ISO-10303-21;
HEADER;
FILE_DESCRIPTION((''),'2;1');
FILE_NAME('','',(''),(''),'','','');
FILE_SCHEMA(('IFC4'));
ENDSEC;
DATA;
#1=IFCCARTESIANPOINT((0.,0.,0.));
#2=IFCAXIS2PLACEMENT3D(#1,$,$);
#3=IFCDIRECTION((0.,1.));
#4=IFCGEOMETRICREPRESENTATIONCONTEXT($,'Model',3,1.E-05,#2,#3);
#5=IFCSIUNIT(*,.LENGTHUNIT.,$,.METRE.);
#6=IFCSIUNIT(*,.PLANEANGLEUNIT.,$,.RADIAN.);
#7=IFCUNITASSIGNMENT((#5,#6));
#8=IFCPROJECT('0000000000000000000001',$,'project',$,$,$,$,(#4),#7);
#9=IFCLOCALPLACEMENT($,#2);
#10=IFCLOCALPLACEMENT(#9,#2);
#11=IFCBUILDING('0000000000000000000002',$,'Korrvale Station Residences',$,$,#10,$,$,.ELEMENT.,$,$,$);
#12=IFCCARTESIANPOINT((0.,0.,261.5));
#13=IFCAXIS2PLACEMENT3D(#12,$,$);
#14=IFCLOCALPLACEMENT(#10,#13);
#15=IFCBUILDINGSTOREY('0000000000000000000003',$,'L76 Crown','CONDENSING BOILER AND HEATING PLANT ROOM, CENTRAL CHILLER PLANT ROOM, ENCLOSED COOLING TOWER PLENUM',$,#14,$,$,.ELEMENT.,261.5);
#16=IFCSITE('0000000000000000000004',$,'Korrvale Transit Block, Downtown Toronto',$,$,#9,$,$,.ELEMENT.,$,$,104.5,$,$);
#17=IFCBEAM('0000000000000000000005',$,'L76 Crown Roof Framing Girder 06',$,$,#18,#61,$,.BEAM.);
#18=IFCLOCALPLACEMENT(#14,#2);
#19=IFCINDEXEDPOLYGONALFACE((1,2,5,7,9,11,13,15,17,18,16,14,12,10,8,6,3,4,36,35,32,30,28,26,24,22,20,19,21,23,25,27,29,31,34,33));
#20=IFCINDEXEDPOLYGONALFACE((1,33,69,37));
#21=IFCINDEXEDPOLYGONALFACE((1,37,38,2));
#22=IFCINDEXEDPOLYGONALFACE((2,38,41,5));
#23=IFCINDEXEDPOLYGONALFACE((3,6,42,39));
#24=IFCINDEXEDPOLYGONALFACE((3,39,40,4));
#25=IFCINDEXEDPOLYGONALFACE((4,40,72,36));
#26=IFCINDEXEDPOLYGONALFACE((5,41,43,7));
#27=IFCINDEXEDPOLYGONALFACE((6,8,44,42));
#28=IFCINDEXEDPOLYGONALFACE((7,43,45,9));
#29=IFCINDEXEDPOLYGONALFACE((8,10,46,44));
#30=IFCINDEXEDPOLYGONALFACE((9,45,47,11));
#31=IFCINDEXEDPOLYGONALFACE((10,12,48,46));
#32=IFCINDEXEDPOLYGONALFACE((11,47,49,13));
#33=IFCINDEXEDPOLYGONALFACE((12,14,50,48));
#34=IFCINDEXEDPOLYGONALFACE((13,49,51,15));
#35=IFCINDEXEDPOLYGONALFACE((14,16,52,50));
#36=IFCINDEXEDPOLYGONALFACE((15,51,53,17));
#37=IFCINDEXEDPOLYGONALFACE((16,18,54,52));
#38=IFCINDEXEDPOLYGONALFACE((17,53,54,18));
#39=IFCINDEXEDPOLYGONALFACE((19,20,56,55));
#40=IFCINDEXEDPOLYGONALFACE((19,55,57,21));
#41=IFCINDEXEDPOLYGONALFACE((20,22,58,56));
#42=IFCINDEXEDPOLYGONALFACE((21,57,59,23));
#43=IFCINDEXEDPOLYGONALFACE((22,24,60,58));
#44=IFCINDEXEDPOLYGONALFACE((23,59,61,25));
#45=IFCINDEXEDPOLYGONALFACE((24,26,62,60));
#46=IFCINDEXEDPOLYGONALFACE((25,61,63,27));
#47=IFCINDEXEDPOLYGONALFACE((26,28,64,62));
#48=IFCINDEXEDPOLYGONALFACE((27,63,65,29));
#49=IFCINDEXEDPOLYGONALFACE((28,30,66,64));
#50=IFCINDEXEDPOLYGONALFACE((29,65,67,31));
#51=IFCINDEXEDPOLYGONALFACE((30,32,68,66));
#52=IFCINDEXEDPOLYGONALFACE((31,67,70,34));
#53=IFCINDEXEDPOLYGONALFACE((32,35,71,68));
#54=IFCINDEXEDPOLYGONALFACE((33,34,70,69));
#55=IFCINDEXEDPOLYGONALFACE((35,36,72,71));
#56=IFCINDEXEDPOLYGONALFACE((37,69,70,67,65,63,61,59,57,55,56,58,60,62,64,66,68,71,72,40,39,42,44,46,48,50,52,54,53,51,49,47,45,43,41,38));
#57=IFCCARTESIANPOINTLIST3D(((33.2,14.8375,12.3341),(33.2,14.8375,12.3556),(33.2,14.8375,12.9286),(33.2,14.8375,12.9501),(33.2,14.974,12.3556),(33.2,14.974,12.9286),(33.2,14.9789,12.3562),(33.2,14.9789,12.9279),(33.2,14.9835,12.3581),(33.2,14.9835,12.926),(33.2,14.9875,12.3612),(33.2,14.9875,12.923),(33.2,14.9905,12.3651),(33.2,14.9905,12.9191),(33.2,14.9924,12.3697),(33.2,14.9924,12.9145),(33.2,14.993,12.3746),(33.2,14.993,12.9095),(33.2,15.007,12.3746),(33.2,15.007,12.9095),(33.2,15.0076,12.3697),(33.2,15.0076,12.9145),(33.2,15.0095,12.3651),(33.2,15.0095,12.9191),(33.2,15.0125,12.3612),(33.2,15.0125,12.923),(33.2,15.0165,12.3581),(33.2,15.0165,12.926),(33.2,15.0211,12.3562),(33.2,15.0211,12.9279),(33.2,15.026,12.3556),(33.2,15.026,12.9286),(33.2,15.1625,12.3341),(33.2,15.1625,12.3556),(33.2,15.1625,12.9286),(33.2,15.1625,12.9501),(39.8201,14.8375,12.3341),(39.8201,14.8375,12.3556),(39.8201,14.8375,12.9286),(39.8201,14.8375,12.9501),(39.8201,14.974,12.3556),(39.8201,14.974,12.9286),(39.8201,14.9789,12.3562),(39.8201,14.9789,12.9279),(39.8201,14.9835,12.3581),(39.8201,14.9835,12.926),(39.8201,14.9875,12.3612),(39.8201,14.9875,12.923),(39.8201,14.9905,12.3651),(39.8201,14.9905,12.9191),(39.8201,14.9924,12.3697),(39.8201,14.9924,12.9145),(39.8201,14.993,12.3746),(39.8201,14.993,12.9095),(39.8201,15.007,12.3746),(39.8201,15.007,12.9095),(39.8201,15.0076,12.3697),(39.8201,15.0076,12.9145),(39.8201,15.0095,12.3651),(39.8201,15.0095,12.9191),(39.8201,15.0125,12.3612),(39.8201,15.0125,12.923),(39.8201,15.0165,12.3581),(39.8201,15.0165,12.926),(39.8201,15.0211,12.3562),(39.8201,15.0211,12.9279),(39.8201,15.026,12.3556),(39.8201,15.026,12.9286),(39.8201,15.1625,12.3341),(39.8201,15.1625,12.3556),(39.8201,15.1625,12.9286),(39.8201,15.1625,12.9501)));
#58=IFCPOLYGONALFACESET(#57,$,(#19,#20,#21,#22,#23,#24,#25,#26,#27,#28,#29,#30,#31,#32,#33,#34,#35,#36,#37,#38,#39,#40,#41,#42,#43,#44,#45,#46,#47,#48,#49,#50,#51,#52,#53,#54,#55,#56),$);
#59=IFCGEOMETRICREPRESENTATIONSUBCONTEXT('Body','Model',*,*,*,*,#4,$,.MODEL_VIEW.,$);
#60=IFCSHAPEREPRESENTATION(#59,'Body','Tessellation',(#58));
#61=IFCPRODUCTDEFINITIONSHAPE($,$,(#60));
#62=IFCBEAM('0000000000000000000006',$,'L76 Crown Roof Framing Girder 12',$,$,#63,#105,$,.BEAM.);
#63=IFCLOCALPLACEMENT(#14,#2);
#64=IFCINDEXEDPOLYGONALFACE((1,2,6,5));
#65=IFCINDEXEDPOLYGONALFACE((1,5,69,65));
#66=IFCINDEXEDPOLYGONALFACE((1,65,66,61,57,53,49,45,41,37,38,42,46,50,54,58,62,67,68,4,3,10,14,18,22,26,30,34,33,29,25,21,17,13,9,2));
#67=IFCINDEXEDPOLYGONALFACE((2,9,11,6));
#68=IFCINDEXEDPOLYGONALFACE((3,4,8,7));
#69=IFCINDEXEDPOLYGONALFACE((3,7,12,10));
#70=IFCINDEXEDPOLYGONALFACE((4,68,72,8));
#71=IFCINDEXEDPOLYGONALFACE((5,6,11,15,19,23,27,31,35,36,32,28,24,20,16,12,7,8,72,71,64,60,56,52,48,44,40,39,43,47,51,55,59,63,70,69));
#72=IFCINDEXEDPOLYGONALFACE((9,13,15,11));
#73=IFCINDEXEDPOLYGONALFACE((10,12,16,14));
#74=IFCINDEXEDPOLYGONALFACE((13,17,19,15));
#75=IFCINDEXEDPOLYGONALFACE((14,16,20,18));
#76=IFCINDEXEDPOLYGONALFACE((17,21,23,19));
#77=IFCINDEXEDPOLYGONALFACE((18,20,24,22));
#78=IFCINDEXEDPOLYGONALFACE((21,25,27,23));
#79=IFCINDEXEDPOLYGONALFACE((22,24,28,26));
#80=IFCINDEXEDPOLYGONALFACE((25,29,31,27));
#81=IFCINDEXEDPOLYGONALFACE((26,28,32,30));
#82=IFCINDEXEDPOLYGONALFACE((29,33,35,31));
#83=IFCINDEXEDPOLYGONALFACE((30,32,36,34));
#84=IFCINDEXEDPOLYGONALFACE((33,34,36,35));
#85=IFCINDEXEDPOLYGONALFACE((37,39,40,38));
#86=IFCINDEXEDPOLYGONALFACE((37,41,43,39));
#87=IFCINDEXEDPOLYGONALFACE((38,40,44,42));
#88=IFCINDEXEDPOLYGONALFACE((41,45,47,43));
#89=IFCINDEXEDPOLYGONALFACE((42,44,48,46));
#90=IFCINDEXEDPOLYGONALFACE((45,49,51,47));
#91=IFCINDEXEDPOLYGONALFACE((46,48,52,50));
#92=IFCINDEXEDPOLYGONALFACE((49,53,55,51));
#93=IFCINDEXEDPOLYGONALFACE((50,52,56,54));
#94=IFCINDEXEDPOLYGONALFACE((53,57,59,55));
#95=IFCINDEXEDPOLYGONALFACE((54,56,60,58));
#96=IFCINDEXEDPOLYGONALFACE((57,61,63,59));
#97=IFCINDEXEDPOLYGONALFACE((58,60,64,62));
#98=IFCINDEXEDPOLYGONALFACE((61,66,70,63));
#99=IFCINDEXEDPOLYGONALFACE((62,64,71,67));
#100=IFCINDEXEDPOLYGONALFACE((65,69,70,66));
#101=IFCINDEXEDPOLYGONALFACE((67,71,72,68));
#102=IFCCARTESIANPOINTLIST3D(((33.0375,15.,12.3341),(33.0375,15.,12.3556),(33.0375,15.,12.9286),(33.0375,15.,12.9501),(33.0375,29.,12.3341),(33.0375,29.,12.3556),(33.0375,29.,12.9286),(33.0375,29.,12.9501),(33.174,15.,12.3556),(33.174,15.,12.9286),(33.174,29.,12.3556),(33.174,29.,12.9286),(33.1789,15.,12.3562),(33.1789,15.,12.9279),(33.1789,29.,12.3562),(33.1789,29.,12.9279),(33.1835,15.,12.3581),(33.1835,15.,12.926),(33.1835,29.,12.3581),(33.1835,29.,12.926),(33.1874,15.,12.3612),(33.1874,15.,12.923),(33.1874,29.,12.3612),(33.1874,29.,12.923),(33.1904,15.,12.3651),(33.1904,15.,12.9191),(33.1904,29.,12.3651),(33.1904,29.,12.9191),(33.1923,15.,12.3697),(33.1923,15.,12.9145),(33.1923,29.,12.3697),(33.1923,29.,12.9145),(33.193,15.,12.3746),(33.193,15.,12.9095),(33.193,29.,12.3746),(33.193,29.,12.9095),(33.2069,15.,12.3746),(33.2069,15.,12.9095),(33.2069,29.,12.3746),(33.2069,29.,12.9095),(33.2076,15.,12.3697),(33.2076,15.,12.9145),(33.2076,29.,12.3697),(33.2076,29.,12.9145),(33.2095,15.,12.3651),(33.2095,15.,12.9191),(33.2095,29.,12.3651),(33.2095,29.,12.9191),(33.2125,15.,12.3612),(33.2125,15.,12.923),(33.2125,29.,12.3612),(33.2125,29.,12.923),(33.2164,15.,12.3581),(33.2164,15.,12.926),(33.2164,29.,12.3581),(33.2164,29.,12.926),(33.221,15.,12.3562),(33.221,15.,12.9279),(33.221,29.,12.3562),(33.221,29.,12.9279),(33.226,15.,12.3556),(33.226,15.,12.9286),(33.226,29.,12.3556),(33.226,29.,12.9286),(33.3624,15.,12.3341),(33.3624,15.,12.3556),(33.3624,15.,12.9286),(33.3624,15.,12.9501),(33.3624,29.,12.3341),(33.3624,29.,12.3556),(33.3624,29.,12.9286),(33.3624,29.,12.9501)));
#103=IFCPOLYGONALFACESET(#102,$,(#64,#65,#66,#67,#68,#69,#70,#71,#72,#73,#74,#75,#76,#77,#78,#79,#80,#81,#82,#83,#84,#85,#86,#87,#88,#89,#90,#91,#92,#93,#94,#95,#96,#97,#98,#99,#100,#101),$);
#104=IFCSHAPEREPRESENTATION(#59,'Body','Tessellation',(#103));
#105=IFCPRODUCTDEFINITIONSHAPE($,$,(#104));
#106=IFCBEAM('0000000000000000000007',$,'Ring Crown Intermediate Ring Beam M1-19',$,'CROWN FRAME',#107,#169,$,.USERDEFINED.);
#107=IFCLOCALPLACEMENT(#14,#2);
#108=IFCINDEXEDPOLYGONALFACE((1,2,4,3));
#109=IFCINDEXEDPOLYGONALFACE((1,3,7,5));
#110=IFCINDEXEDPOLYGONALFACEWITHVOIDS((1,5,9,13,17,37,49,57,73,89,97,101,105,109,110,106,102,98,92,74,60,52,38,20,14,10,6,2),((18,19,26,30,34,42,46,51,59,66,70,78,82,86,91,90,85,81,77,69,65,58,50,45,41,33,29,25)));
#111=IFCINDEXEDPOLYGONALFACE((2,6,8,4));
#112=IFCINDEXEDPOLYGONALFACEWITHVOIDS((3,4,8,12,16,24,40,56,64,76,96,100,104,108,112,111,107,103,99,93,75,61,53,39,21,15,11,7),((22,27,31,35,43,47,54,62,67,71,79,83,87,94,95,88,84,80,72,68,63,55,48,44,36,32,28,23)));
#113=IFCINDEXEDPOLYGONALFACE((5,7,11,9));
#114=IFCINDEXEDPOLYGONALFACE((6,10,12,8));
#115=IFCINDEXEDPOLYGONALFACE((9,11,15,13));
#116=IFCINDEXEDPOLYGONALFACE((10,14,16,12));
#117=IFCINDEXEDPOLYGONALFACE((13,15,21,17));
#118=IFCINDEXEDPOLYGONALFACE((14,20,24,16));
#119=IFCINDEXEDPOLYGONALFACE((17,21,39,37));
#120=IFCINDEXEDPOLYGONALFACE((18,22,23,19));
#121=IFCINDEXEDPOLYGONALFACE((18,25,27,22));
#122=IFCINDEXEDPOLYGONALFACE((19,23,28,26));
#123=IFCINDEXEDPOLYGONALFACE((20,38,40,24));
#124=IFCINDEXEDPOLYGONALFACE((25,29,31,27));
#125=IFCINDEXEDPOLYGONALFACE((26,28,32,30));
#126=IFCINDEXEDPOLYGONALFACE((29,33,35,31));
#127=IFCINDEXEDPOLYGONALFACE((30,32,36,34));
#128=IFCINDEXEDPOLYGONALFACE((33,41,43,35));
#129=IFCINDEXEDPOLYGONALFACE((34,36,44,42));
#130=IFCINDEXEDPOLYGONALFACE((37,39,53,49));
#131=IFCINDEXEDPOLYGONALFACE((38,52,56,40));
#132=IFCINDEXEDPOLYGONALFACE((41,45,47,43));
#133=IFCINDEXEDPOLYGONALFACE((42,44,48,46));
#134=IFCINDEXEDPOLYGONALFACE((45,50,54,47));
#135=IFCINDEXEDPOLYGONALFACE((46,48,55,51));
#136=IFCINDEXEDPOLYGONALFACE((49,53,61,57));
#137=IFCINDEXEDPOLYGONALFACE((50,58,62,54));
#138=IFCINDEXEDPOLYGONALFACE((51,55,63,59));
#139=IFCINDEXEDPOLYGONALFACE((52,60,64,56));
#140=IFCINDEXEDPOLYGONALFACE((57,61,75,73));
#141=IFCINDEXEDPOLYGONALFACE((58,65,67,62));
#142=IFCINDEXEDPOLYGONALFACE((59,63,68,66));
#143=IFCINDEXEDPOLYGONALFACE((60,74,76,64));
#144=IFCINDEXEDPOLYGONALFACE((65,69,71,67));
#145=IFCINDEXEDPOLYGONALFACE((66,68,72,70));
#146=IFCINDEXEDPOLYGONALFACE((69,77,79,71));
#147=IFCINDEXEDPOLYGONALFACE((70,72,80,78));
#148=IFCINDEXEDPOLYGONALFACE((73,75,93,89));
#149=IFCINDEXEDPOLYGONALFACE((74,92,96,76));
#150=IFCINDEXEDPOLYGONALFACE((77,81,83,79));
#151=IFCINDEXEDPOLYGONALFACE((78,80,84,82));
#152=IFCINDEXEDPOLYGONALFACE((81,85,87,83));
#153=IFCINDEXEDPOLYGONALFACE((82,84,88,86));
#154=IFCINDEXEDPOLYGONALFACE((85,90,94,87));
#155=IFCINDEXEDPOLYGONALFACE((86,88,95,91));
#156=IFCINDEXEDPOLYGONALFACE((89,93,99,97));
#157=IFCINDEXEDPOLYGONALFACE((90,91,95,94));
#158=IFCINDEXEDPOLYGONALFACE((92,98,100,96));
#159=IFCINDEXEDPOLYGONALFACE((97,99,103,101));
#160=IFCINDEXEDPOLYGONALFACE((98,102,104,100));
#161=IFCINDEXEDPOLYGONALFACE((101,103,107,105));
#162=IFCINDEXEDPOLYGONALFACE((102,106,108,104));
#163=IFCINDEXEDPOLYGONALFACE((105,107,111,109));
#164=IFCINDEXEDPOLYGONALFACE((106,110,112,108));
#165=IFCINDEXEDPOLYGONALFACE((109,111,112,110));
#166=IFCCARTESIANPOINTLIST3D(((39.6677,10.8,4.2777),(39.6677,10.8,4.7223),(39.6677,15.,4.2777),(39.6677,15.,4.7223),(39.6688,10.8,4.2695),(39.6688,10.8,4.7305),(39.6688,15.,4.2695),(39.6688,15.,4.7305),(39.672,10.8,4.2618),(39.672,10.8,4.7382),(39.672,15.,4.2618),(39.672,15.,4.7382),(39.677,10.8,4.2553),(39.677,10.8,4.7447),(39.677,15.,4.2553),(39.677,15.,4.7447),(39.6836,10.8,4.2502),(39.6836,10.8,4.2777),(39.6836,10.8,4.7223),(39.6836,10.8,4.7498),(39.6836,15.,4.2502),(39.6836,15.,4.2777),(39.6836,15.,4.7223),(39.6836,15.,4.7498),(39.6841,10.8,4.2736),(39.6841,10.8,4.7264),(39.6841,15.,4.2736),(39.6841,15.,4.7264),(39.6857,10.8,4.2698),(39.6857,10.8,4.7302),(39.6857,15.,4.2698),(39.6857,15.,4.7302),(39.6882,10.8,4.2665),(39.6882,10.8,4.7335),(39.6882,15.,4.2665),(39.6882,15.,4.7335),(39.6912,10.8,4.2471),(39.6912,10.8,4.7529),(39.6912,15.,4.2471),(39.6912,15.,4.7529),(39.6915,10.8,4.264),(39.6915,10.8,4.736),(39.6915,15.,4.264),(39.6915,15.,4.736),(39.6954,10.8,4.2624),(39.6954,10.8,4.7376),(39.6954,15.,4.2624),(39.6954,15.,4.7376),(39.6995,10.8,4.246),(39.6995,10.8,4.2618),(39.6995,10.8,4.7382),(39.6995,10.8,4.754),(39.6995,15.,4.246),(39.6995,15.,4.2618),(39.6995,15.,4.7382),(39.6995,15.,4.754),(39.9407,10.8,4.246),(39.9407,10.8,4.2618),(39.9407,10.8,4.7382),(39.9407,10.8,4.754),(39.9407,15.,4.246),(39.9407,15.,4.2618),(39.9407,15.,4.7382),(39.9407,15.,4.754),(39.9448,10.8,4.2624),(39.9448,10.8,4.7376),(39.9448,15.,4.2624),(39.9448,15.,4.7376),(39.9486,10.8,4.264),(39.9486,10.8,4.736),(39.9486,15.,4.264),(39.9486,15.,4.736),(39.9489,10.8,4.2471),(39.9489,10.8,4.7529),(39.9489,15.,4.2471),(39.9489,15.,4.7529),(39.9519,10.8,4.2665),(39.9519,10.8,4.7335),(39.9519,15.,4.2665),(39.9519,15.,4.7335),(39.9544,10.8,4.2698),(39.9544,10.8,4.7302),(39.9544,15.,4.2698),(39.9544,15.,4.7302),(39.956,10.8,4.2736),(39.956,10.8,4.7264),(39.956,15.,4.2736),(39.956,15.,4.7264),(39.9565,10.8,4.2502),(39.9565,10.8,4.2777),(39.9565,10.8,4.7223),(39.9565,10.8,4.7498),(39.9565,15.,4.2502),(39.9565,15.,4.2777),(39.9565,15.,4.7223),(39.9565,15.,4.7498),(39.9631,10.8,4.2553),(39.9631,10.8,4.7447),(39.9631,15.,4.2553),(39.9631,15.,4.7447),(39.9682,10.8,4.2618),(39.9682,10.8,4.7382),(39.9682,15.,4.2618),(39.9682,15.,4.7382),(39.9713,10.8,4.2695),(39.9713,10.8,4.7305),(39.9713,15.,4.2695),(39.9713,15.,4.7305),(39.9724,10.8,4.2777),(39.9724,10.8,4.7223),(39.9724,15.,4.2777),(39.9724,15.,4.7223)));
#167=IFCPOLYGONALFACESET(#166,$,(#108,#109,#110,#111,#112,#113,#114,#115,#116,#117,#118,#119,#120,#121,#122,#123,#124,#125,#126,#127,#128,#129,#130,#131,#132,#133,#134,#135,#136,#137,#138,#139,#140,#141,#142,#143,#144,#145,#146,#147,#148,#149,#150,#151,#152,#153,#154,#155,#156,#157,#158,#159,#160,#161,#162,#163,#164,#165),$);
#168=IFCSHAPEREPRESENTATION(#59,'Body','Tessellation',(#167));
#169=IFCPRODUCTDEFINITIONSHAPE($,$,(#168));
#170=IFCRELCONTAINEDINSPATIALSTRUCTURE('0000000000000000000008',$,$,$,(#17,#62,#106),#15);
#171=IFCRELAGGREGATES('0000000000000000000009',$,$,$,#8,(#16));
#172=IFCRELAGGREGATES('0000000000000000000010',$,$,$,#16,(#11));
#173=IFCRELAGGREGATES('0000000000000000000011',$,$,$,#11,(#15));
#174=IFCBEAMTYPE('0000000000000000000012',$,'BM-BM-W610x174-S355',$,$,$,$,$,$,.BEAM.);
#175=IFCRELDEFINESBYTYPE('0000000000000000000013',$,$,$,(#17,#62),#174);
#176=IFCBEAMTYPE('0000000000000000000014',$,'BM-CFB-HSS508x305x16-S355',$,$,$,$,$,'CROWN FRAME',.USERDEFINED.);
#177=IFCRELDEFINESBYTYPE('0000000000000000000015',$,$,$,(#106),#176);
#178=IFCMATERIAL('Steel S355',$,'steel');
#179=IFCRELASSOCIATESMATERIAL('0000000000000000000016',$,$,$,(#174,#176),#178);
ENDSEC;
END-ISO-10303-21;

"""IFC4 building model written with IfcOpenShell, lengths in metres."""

from ifc_helpers import new_model, si_unit, direction, frame, origin, origin_2d, place, context, subcontext, project, spatial, hollow_rectangle, i_section, extrude, material, material_profile, profile_set, type_object, element, save


model = new_model("IFC4")

# Units and contexts
model_context = context("Model", 3, precision=1e-05, world=origin(), true_north=direction((0.0, 1.0)))
body_context = subcontext(model_context, "Body", "Model", "MODEL_VIEW")
ifc_project = project(units=[si_unit("LENGTHUNIT", "METRE"), si_unit("PLANEANGLEUNIT", "RADIAN")], contexts=[model_context])

# Site, building, storey
site_placement = place(None, origin())
site = spatial("IfcSite", under=ifc_project, at=site_placement, Name="Korrvale Transit Block, Downtown Toronto", CompositionType="ELEMENT", RefElevation=104.5)
building_placement = place(site_placement, origin())
building = spatial("IfcBuilding", under=site, at=building_placement, Name="Korrvale Station Residences", CompositionType="ELEMENT")
storey_placement = place(building_placement, frame((0.0, 0.0, 261.5)))
storey = spatial("IfcBuildingStorey", under=building, at=storey_placement, Name="L76 Crown", Description="CONDENSING BOILER AND HEATING PLANT ROOM, CENTRAL CHILLER PLANT ROOM, ENCLOSED COOLING TOWER PLENUM", CompositionType="ELEMENT", Elevation=261.5)

# Shared definitions
ifc_material_1 = material(Name="Steel S355", Category="steel")

# Beams
ifc_material_profile_1 = material_profile(ifc_material_1, i_section(OverallWidth=0.325, OverallDepth=0.616, WebThickness=0.0139, FlangeThickness=0.0215, FilletRadius=0.019, at=origin_2d()), Name="W610x174")
ifc_profile_set_1 = profile_set([ifc_material_profile_1], Name="Steel S355")
beam_type_1 = type_object("IfcBeamType", Name="BM-BM-W610x174-S355", PredefinedType="BEAM", material=ifc_profile_set_1)
beam_1_placement = place(storey_placement, frame((33.2, 15.0, 12.6421), z_axis=(1.0, 0.0, 0.0), x_axis=(0.0, 1.0, 0.0)))
element("IfcBeam", 1, at=beam_1_placement, inside=storey, type_object=beam_type_1, Name="L76 Crown Roof Framing Girder 06", PredefinedType="BEAM", context=body_context, shape_type="SweptSolid", body=[
    extrude(i_section(OverallWidth=0.325, OverallDepth=0.616, WebThickness=0.0139, FlangeThickness=0.0215, FilletRadius=0.019, at=origin_2d()), origin(), (0.0, 0.0, 1.0), 6.6201),
])
beam_2_placement = place(storey_placement, frame((33.2, 15.0, 12.6421), z_axis=(0.0, 1.0, 0.0), x_axis=(-1.0, 0.0, 0.0)))
element("IfcBeam", 2, at=beam_2_placement, inside=storey, type_object=beam_type_1, Name="L76 Crown Roof Framing Girder 12", PredefinedType="BEAM", context=body_context, shape_type="SweptSolid", body=[
    extrude(i_section(OverallWidth=0.325, OverallDepth=0.616, WebThickness=0.0139, FlangeThickness=0.0215, FilletRadius=0.019, at=origin_2d()), origin(), (0.0, 0.0, 1.0), 14.0),
])
ifc_material_profile_2 = material_profile(ifc_material_1, hollow_rectangle(XDim=0.3047, YDim=0.5081, WallThickness=0.0159, InnerFilletRadius=0.0159, OuterFilletRadius=0.0317, at=origin_2d()), Name="HSS508x305x16")
ifc_profile_set_2 = profile_set([ifc_material_profile_2], Name="Steel S355")
beam_type_2 = type_object("IfcBeamType", Name="BM-CFB-HSS508x305x16-S355", ElementType="CROWN FRAME", PredefinedType="USERDEFINED", material=ifc_profile_set_2)
for number, where, z_axis, x_axis, name in (
    (3, (39.8201, 10.8, 4.5), (0.0, 1.0, 0.0), (-1.0, 0.0, 0.0), "Ring Crown Intermediate Ring Beam M1-19"),
):
    element("IfcBeam", number, at=place(storey_placement, frame(where, z_axis=z_axis, x_axis=x_axis)), inside=storey, type_object=beam_type_2, Name=name, ObjectType="CROWN FRAME", PredefinedType="USERDEFINED", context=body_context, shape_type="SweptSolid", body=[
        extrude(hollow_rectangle(XDim=0.3047, YDim=0.5081, WallThickness=0.0159, InnerFilletRadius=0.0159, OuterFilletRadius=0.0317, at=origin_2d()), origin(), (0.0, 0.0, 1.0), 4.2),
    ])

save(model, "model.ifc")
